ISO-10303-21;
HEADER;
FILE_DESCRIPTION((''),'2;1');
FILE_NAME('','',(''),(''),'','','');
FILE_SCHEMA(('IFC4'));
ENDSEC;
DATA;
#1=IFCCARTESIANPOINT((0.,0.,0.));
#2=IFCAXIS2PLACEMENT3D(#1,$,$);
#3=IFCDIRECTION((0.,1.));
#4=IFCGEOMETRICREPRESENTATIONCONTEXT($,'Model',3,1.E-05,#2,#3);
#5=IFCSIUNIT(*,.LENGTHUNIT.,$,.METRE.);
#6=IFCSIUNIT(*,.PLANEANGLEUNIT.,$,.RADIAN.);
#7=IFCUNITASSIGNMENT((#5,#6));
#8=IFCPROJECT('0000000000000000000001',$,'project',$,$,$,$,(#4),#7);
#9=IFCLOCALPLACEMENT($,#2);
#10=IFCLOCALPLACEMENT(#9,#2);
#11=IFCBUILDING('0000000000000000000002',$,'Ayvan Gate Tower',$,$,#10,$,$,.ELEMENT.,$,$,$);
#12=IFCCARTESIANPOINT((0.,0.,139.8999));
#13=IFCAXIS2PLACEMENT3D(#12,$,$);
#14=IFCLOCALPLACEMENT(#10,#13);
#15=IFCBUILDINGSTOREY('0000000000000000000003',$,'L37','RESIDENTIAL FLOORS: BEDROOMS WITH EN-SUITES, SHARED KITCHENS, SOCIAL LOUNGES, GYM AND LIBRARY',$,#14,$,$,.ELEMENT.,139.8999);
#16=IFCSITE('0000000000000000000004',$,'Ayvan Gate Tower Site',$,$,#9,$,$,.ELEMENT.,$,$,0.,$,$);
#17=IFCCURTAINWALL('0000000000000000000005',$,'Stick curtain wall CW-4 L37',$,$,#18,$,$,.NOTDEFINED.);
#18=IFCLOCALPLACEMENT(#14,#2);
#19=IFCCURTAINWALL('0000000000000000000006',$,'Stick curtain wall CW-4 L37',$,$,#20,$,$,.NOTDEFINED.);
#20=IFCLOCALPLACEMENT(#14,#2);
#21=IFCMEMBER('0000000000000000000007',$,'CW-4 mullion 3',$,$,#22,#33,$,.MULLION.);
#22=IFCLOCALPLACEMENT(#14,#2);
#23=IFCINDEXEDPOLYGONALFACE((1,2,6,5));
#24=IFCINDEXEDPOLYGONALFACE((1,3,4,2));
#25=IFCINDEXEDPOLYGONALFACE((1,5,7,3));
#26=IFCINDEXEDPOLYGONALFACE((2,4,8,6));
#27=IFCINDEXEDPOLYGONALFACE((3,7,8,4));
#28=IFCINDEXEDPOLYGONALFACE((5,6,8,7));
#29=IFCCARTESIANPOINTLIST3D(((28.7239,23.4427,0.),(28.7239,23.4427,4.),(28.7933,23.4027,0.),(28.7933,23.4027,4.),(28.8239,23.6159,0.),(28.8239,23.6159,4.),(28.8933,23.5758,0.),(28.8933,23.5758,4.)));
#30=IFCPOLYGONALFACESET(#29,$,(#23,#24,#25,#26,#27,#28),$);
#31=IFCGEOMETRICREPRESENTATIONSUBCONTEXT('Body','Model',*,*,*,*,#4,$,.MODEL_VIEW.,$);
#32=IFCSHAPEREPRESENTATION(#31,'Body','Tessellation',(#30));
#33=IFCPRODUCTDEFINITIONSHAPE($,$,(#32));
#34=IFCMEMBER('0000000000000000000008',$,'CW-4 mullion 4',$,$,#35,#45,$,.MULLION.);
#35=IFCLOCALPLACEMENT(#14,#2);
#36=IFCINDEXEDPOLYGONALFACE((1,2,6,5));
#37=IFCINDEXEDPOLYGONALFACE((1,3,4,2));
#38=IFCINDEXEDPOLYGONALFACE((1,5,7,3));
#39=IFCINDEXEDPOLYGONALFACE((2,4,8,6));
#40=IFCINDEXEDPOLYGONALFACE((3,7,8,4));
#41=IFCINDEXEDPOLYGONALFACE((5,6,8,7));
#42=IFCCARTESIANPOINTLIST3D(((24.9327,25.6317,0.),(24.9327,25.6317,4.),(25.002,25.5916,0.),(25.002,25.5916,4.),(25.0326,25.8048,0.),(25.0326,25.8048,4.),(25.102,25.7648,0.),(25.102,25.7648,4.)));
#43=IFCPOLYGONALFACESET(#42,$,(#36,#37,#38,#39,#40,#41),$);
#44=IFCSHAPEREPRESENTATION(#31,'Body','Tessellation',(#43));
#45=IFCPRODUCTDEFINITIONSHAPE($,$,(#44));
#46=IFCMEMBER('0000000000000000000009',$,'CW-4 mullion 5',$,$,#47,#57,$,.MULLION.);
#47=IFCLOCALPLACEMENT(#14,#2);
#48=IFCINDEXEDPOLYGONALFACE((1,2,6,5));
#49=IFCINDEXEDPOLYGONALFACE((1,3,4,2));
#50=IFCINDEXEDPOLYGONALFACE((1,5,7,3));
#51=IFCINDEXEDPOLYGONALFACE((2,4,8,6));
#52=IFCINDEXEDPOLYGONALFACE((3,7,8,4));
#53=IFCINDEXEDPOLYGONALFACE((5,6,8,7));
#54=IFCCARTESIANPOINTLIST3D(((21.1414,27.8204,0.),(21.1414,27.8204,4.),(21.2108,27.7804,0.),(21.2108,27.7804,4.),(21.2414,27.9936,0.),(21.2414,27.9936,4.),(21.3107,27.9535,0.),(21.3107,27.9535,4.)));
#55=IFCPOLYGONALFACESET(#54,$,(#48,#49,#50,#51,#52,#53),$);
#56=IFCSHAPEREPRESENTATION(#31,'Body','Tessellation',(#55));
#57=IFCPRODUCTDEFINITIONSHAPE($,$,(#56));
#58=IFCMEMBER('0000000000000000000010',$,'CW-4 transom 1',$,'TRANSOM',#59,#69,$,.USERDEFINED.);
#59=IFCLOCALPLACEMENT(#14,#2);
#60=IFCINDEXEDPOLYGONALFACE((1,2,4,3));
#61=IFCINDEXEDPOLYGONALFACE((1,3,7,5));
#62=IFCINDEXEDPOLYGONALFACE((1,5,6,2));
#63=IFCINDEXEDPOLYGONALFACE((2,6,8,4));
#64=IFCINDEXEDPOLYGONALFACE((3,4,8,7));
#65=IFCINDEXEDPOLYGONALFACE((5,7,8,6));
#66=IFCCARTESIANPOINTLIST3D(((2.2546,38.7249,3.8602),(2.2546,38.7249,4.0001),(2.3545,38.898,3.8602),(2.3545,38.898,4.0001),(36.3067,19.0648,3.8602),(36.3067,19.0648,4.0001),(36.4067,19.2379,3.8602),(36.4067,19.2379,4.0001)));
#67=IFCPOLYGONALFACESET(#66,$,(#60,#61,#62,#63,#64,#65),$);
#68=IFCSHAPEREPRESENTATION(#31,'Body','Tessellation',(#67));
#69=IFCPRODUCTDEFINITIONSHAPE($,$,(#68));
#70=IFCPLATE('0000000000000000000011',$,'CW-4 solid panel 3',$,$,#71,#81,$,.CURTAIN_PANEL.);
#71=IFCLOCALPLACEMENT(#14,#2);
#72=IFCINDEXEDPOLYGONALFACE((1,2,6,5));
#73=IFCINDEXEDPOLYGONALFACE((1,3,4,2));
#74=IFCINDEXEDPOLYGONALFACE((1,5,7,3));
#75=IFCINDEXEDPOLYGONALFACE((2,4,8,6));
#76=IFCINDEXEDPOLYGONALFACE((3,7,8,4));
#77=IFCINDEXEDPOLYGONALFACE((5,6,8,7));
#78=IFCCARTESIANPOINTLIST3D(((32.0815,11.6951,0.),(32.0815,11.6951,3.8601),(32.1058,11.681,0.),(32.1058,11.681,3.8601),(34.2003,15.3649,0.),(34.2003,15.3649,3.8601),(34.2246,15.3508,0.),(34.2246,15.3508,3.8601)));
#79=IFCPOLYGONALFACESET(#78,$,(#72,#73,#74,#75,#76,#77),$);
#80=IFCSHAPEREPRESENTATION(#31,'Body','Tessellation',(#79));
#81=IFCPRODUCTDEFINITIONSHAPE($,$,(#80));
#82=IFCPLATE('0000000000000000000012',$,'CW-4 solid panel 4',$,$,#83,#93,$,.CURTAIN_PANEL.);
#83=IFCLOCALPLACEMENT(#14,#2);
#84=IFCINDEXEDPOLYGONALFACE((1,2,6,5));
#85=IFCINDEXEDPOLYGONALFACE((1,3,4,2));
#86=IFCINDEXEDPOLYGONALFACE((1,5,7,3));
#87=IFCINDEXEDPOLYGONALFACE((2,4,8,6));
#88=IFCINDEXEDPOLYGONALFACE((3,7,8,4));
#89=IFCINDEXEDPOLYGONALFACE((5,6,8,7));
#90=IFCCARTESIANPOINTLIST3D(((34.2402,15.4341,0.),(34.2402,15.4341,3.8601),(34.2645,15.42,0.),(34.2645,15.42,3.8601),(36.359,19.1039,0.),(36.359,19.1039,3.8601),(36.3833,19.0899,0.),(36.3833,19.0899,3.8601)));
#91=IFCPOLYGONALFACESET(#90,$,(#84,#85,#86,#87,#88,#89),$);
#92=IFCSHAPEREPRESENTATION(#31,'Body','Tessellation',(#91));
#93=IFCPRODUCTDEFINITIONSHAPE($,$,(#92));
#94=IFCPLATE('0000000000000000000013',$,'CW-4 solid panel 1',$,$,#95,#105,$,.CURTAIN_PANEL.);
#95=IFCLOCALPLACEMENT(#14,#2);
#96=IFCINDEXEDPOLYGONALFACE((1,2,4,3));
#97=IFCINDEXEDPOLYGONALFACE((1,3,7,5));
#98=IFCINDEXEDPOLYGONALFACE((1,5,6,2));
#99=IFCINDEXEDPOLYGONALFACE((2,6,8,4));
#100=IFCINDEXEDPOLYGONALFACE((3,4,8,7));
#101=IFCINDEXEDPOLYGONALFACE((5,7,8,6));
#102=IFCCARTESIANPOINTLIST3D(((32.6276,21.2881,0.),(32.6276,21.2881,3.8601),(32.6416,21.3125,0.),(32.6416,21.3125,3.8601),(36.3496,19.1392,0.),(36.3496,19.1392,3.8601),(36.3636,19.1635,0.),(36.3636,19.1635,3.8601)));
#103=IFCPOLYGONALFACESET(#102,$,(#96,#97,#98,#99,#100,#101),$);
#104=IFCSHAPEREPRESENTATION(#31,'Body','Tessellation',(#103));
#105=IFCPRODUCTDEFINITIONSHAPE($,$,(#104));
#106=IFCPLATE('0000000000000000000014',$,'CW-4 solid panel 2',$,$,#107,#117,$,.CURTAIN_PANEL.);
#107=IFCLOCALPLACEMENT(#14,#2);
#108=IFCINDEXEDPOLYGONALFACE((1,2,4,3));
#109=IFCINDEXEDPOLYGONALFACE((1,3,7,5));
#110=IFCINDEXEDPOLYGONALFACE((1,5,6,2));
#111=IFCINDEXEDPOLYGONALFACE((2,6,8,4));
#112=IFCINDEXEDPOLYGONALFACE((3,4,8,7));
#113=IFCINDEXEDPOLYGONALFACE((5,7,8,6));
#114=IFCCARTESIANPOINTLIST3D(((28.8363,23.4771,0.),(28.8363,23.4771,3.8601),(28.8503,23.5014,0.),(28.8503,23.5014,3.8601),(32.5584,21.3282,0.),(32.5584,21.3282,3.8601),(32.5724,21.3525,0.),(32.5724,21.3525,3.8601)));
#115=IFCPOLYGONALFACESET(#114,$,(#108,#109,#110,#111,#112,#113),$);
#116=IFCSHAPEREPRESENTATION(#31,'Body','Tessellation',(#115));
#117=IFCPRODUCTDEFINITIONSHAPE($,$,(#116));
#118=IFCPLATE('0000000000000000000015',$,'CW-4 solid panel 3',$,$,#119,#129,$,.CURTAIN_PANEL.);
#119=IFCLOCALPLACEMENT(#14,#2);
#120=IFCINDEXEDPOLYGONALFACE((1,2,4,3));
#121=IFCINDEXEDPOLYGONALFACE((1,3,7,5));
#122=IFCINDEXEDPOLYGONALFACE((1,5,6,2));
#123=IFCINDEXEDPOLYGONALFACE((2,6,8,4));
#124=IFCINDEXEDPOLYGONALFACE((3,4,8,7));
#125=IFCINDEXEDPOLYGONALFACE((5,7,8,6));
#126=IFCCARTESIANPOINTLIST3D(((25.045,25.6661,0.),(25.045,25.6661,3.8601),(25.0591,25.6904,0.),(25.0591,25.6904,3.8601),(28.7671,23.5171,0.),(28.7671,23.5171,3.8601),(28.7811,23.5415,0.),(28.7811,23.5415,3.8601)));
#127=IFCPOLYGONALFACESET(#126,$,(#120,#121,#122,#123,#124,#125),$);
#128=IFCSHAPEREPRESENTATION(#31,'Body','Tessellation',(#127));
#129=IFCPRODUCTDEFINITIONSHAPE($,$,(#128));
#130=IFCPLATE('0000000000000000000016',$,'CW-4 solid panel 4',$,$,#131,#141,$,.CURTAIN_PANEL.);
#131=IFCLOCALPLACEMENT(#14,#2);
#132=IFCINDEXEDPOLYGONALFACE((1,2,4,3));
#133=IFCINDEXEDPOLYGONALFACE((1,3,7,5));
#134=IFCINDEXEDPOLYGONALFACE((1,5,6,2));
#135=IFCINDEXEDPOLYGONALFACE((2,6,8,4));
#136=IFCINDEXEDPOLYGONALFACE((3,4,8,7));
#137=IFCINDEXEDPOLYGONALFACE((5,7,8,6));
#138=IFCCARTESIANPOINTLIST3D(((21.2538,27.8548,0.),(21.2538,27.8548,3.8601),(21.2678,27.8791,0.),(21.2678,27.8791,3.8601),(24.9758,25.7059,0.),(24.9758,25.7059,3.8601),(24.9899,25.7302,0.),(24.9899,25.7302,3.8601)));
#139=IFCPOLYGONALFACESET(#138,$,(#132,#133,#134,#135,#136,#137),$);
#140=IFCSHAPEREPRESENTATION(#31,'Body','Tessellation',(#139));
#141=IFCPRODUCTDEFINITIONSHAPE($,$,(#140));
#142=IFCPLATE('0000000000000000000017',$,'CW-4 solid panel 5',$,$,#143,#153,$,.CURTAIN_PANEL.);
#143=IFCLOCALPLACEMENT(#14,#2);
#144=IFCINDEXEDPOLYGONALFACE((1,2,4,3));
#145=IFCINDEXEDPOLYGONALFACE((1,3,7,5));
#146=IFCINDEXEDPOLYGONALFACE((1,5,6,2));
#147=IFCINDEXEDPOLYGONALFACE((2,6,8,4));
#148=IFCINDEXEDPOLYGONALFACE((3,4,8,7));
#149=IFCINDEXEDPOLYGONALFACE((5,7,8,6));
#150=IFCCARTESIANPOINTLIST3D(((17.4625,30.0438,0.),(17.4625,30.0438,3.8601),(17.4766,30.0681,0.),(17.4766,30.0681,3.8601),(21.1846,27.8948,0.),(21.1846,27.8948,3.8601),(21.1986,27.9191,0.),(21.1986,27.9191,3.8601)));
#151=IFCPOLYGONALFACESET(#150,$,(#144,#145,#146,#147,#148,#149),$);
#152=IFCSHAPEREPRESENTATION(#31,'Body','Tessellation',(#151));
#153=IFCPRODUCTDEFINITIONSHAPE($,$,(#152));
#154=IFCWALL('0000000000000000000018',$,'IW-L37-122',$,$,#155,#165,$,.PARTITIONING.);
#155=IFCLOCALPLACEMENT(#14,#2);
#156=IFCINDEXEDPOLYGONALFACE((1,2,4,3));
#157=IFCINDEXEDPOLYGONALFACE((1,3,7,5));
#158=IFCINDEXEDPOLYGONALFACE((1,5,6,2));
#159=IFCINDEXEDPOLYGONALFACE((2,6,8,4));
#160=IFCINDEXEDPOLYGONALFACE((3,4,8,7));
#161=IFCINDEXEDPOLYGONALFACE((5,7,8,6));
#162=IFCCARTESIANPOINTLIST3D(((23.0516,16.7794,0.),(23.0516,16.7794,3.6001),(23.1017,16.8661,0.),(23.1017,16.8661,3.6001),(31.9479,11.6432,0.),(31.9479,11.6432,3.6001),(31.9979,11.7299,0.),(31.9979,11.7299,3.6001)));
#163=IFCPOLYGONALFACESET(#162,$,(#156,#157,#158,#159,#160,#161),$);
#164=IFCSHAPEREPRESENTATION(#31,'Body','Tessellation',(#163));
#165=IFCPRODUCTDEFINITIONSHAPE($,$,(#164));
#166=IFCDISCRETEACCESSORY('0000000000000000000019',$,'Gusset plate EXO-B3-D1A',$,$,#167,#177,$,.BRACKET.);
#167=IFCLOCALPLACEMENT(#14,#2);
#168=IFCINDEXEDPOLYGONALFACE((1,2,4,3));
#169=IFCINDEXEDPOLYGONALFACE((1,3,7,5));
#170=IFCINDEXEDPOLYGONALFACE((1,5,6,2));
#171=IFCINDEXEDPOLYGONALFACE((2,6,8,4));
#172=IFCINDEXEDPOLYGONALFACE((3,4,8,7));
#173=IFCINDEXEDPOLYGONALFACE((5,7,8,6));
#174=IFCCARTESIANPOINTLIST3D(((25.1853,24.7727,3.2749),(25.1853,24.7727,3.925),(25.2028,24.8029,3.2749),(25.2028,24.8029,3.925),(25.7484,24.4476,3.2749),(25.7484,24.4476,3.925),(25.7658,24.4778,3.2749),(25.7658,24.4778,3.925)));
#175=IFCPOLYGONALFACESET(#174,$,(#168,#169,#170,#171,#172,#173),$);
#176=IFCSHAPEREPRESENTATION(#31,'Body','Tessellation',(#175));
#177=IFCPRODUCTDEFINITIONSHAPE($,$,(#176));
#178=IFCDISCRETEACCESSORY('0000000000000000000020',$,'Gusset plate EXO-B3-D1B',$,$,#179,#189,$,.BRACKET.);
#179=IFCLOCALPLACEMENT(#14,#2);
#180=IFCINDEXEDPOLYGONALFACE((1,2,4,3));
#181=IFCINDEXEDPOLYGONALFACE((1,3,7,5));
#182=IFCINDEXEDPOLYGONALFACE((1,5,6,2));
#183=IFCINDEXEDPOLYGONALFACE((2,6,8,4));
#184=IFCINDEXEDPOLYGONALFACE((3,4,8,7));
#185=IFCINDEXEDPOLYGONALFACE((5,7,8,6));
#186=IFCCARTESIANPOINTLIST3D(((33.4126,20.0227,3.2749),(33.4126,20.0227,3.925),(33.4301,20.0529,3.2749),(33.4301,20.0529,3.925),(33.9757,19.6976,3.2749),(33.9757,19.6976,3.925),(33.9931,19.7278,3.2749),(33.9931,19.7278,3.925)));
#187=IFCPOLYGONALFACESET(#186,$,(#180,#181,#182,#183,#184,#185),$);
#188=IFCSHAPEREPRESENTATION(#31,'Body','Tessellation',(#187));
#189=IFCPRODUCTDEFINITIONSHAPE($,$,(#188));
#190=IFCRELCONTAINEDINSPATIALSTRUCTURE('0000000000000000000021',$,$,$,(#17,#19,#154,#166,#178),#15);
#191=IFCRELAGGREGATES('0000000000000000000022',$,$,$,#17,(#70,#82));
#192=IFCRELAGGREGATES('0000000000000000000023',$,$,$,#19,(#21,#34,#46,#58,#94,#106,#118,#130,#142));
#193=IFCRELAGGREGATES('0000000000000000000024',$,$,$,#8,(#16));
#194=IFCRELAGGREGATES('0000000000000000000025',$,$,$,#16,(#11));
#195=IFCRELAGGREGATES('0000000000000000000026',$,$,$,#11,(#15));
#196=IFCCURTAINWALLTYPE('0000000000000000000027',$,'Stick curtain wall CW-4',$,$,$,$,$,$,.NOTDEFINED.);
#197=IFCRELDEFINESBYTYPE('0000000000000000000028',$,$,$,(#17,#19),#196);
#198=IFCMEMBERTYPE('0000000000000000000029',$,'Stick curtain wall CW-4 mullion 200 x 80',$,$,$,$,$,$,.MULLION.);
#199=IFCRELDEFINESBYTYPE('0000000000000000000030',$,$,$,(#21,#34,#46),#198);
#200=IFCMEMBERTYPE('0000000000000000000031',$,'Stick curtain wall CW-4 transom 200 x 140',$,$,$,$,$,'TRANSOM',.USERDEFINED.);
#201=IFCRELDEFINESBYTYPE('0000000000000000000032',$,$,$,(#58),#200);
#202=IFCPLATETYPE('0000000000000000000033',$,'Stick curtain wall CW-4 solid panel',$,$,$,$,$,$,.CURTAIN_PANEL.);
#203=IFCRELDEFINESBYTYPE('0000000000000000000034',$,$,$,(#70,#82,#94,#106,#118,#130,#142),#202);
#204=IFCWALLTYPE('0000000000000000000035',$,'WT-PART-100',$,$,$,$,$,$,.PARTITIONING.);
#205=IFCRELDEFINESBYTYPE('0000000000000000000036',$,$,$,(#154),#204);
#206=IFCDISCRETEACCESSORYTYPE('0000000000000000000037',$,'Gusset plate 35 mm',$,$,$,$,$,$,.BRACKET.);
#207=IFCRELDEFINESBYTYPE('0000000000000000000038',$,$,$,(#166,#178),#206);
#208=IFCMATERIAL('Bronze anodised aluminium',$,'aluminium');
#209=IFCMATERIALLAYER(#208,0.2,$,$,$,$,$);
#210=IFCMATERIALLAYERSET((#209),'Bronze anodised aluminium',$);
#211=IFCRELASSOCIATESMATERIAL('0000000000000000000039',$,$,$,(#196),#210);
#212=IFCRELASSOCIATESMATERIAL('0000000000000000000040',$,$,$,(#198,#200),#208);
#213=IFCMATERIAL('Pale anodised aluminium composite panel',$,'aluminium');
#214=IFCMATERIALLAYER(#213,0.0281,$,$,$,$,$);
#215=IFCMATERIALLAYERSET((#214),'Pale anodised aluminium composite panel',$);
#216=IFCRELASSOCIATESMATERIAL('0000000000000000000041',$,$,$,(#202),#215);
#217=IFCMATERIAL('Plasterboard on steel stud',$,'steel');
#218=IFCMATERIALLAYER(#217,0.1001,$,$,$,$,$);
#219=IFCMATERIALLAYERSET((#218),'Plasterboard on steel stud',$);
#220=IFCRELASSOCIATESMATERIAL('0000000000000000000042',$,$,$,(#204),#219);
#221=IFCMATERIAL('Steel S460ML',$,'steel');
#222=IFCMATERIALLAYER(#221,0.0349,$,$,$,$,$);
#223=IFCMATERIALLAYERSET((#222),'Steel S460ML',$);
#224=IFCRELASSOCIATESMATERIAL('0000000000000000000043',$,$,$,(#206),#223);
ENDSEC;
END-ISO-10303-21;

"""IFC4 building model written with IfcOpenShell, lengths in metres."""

from ifc_helpers import new_model, si_unit, direction, frame, frame_2d, origin, origin_2d, place, context, subcontext, project, spatial, rectangle, extrude, material, layer, layer_set, material_profile, profile_set, type_object, element, aggregate, save


model = new_model("IFC4")

# Units and contexts
model_context = context("Model", 3, precision=1e-05, world=origin(), true_north=direction((0.0, 1.0)))
body_context = subcontext(model_context, "Body", "Model", "MODEL_VIEW")
ifc_project = project(units=[si_unit("LENGTHUNIT", "METRE"), si_unit("PLANEANGLEUNIT", "RADIAN")], contexts=[model_context])

# Site, building, storey
site_placement = place(None, origin())
site = spatial("IfcSite", under=ifc_project, at=site_placement, Name="Ayvan Gate Tower Site", CompositionType="ELEMENT", RefElevation=0.0)
building_placement = place(site_placement, origin())
building = spatial("IfcBuilding", under=site, at=building_placement, Name="Ayvan Gate Tower", CompositionType="ELEMENT")
storey_placement = place(building_placement, frame((0.0, 0.0, 139.8999)))
storey = spatial("IfcBuildingStorey", under=building, at=storey_placement, Name="L37", Description="RESIDENTIAL FLOORS: BEDROOMS WITH EN-SUITES, SHARED KITCHENS, SOCIAL LOUNGES, GYM AND LIBRARY", CompositionType="ELEMENT", Elevation=139.8999)

# Curtain walls, members
ifc_material_1 = material(Name="Bronze anodised aluminium", Category="aluminium")
ifc_layer_1 = layer(ifc_material_1, 0.2)
ifc_layer_set_1 = layer_set([ifc_layer_1], Name="Bronze anodised aluminium")
curtain_wall_type = type_object("IfcCurtainWallType", Name="Stick curtain wall CW-4", PredefinedType="NOTDEFINED", material=ifc_layer_set_1)
curtain_wall_1_placement = place(storey_placement, origin())
curtain_wall_1 = element("IfcCurtainWall", 1, at=curtain_wall_1_placement, inside=storey, type_object=curtain_wall_type, Name="Stick curtain wall CW-4 L37", PredefinedType="NOTDEFINED")
ifc_material_profile_1 = material_profile(ifc_material_1, rectangle(XDim=0.2, YDim=0.0801, at=origin_2d()), Name="Stick curtain wall CW-4 mullion 200 x 80")
ifc_profile_set_1 = profile_set([ifc_material_profile_1], Name="Bronze anodised aluminium")
member_type_1 = type_object("IfcMemberType", Name="Stick curtain wall CW-4 mullion 200 x 80", PredefinedType="MULLION", material=ifc_profile_set_1)
curtain_wall_2_placement = place(storey_placement, origin())
curtain_wall_2 = element("IfcCurtainWall", 2, at=curtain_wall_2_placement, inside=storey, type_object=curtain_wall_type, Name="Stick curtain wall CW-4 L37", PredefinedType="NOTDEFINED")
member_1_placement = place(storey_placement, frame((28.8086, 23.5093, 0.0), z_axis=(0.0, 0.0, 1.0), x_axis=(0.5, 0.866025, 0.0)))
member_1 = element("IfcMember", 3, at=member_1_placement, type_object=member_type_1, Name="CW-4 mullion 3", PredefinedType="MULLION", context=body_context, shape_type="SweptSolid", body=[
    extrude(rectangle(XDim=0.2, YDim=0.0801, at=origin_2d()), origin(), (0.0, 0.0, 1.0), 4.0),
])
member_2_placement = place(storey_placement, frame((25.0173, 25.6982, 0.0), z_axis=(0.0, 0.0, 1.0), x_axis=(0.5, 0.866025, 0.0)))
member_2 = element("IfcMember", 4, at=member_2_placement, type_object=member_type_1, Name="CW-4 mullion 4", PredefinedType="MULLION", context=body_context, shape_type="SweptSolid", body=[
    extrude(rectangle(XDim=0.2, YDim=0.0801, at=origin_2d()), origin(), (0.0, 0.0, 1.0), 4.0),
])
member_3_placement = place(storey_placement, frame((21.2261, 27.887, 0.0), z_axis=(0.0, 0.0, 1.0), x_axis=(0.5, 0.866025, 0.0)))
member_3 = element("IfcMember", 5, at=member_3_placement, type_object=member_type_1, Name="CW-4 mullion 5", PredefinedType="MULLION", context=body_context, shape_type="SweptSolid", body=[
    extrude(rectangle(XDim=0.2, YDim=0.0801, at=origin_2d()), origin(), (0.0, 0.0, 1.0), 4.0),
])
ifc_material_profile_2 = material_profile(ifc_material_1, rectangle(XDim=0.2, YDim=0.1399, at=origin_2d()), Name="Stick curtain wall CW-4 transom 200 x 140")
ifc_profile_set_2 = profile_set([ifc_material_profile_2], Name="Bronze anodised aluminium")
member_type_2 = type_object("IfcMemberType", Name="Stick curtain wall CW-4 transom 200 x 140", ElementType="TRANSOM", PredefinedType="USERDEFINED", material=ifc_profile_set_2)
member_4_placement = place(storey_placement, frame((36.3567, 19.1514, 3.9302), z_axis=(-0.866024, 0.500002, 0.0), x_axis=(-0.500002, -0.866024, 0.0)))
member_4 = element("IfcMember", 6, at=member_4_placement, type_object=member_type_2, Name="CW-4 transom 1", ObjectType="TRANSOM", PredefinedType="USERDEFINED", context=body_context, shape_type="SweptSolid", body=[
    extrude(rectangle(XDim=0.2, YDim=0.1399, at=origin_2d()), origin(), (0.0, 0.0, 1.0), 39.3201),
])

# Plates
ifc_material_2 = material(Name="Pale anodised aluminium composite panel", Category="aluminium")
ifc_layer_2 = layer(ifc_material_2, 0.0281)
ifc_layer_set_2 = layer_set([ifc_layer_2], Name="Pale anodised aluminium composite panel")
plate_type = type_object("IfcPlateType", Name="Stick curtain wall CW-4 solid panel", PredefinedType="CURTAIN_PANEL", material=ifc_layer_set_2)
plate_1_placement = place(storey_placement, frame((33.1531, 13.5229, 0.0), z_axis=(0.0, 0.0, 1.0), x_axis=(0.5, 0.866025, 0.0)))
plate_1 = element("IfcPlate", 7, at=plate_1_placement, type_object=plate_type, Name="CW-4 solid panel 3", PredefinedType="CURTAIN_PANEL", context=body_context, shape_type="SweptSolid", body=[
    extrude(rectangle(XDim=4.2375, YDim=0.0281, at=origin_2d()), origin(), (0.0, 0.0, 1.0), 3.8601),
])
plate_2_placement = place(storey_placement, frame((35.3118, 17.262, 0.0), z_axis=(0.0, 0.0, 1.0), x_axis=(0.5, 0.866025, 0.0)))
plate_2 = element("IfcPlate", 8, at=plate_2_placement, type_object=plate_type, Name="CW-4 solid panel 4", PredefinedType="CURTAIN_PANEL", context=body_context, shape_type="SweptSolid", body=[
    extrude(rectangle(XDim=4.2375, YDim=0.0281, at=origin_2d()), origin(), (0.0, 0.0, 1.0), 3.8601),
])
aggregate(curtain_wall_1, [plate_1, plate_2])
plate_3_placement = place(storey_placement, frame((34.4956, 20.2258, 0.0), z_axis=(0.0, 0.0, 1.0), x_axis=(-0.866025, 0.5, 0.0)))
plate_3 = element("IfcPlate", 9, at=plate_3_placement, type_object=plate_type, Name="CW-4 solid panel 1", PredefinedType="CURTAIN_PANEL", context=body_context, shape_type="SweptSolid", body=[
    extrude(rectangle(XDim=4.2979, YDim=0.0281, at=origin_2d()), origin(), (0.0, 0.0, 1.0), 3.8601),
])
plate_4_placement = place(storey_placement, frame((30.7043, 22.4148, 0.0), z_axis=(0.0, 0.0, 1.0), x_axis=(-0.866025, 0.5, 0.0)))
plate_4 = element("IfcPlate", 10, at=plate_4_placement, type_object=plate_type, Name="CW-4 solid panel 2", PredefinedType="CURTAIN_PANEL", context=body_context, shape_type="SweptSolid", body=[
    extrude(rectangle(XDim=4.2979, YDim=0.0281, at=origin_2d()), origin(), (0.0, 0.0, 1.0), 3.8601),
])
plate_5_placement = place(storey_placement, frame((26.9131, 24.6038, 0.0), z_axis=(0.0, 0.0, 1.0), x_axis=(-0.866025, 0.5, 0.0)))
plate_5 = element("IfcPlate", 11, at=plate_5_placement, type_object=plate_type, Name="CW-4 solid panel 3", PredefinedType="CURTAIN_PANEL", context=body_context, shape_type="SweptSolid", body=[
    extrude(rectangle(XDim=4.2979, YDim=0.0281, at=origin_2d()), origin(), (0.0, 0.0, 1.0), 3.8601),
])
plate_6_placement = place(storey_placement, frame((23.1218, 26.7925, 0.0), z_axis=(0.0, 0.0, 1.0), x_axis=(-0.866025, 0.5, 0.0)))
plate_6 = element("IfcPlate", 12, at=plate_6_placement, type_object=plate_type, Name="CW-4 solid panel 4", PredefinedType="CURTAIN_PANEL", context=body_context, shape_type="SweptSolid", body=[
    extrude(rectangle(XDim=4.2979, YDim=0.0281, at=origin_2d()), origin(), (0.0, 0.0, 1.0), 3.8601),
])
plate_7_placement = place(storey_placement, frame((19.3306, 28.9814, 0.0), z_axis=(0.0, 0.0, 1.0), x_axis=(-0.866025, 0.5, 0.0)))
plate_7 = element("IfcPlate", 13, at=plate_7_placement, type_object=plate_type, Name="CW-4 solid panel 5", PredefinedType="CURTAIN_PANEL", context=body_context, shape_type="SweptSolid", body=[
    extrude(rectangle(XDim=4.2979, YDim=0.0281, at=origin_2d()), origin(), (0.0, 0.0, 1.0), 3.8601),
])
aggregate(curtain_wall_2, [member_1, member_2, member_3, member_4, plate_3, plate_4, plate_5, plate_6, plate_7])

# Wall
ifc_material_3 = material(Name="Plasterboard on steel stud", Category="steel")
ifc_layer_3 = layer(ifc_material_3, 0.1001)
ifc_layer_set_3 = layer_set([ifc_layer_3], Name="Plasterboard on steel stud")
wall_type = type_object("IfcWallType", Name="WT-PART-100", PredefinedType="PARTITIONING", material=ifc_layer_set_3)
wall_placement = place(storey_placement, frame((23.0767, 16.8228, 0.0), z_axis=(0.0, 0.0, 1.0), x_axis=(0.866026, -0.499999, 0.0)))
element("IfcWall", 14, at=wall_placement, inside=storey, type_object=wall_type, Name="IW-L37-122", PredefinedType="PARTITIONING", context=body_context, shape_type="SweptSolid", body=[
    extrude(rectangle(XDim=10.2725, YDim=0.1001, at=frame_2d((5.1362, 0.0))), origin(), (0.0, 0.0, 1.0), 3.6001),
])

# Discrete accessories
ifc_material_4 = material(Name="Steel S460ML", Category="steel")
ifc_layer_4 = layer(ifc_material_4, 0.0349)
ifc_layer_set_4 = layer_set([ifc_layer_4], Name="Steel S460ML")
discrete_accessory_type_1 = type_object("IfcDiscreteAccessoryType", Name="Gusset plate 35 mm", PredefinedType="BRACKET", material=ifc_layer_set_4)
for number, where, z_axis, x_axis, name in (
    (15, (25.4756, 24.6252, 3.2749), (0.0, 0.0, 1.0), (-0.866025, 0.5, 0.0), "Gusset plate EXO-B3-D1A"),
    (16, (33.7029, 19.8752, 3.2749), (0.0, 0.0, 1.0), (-0.866025, 0.5, 0.0), "Gusset plate EXO-B3-D1B"),
):
    element("IfcDiscreteAccessory", number, at=place(storey_placement, frame(where, z_axis=z_axis, x_axis=x_axis)), inside=storey, type_object=discrete_accessory_type_1, Name=name, PredefinedType="BRACKET", context=body_context, shape_type="SweptSolid", body=[
        extrude(rectangle(XDim=0.6501, YDim=0.0349, at=origin_2d()), origin(), (0.0, 0.0, 1.0), 0.6501),
    ])

save(model, "model.ifc")
